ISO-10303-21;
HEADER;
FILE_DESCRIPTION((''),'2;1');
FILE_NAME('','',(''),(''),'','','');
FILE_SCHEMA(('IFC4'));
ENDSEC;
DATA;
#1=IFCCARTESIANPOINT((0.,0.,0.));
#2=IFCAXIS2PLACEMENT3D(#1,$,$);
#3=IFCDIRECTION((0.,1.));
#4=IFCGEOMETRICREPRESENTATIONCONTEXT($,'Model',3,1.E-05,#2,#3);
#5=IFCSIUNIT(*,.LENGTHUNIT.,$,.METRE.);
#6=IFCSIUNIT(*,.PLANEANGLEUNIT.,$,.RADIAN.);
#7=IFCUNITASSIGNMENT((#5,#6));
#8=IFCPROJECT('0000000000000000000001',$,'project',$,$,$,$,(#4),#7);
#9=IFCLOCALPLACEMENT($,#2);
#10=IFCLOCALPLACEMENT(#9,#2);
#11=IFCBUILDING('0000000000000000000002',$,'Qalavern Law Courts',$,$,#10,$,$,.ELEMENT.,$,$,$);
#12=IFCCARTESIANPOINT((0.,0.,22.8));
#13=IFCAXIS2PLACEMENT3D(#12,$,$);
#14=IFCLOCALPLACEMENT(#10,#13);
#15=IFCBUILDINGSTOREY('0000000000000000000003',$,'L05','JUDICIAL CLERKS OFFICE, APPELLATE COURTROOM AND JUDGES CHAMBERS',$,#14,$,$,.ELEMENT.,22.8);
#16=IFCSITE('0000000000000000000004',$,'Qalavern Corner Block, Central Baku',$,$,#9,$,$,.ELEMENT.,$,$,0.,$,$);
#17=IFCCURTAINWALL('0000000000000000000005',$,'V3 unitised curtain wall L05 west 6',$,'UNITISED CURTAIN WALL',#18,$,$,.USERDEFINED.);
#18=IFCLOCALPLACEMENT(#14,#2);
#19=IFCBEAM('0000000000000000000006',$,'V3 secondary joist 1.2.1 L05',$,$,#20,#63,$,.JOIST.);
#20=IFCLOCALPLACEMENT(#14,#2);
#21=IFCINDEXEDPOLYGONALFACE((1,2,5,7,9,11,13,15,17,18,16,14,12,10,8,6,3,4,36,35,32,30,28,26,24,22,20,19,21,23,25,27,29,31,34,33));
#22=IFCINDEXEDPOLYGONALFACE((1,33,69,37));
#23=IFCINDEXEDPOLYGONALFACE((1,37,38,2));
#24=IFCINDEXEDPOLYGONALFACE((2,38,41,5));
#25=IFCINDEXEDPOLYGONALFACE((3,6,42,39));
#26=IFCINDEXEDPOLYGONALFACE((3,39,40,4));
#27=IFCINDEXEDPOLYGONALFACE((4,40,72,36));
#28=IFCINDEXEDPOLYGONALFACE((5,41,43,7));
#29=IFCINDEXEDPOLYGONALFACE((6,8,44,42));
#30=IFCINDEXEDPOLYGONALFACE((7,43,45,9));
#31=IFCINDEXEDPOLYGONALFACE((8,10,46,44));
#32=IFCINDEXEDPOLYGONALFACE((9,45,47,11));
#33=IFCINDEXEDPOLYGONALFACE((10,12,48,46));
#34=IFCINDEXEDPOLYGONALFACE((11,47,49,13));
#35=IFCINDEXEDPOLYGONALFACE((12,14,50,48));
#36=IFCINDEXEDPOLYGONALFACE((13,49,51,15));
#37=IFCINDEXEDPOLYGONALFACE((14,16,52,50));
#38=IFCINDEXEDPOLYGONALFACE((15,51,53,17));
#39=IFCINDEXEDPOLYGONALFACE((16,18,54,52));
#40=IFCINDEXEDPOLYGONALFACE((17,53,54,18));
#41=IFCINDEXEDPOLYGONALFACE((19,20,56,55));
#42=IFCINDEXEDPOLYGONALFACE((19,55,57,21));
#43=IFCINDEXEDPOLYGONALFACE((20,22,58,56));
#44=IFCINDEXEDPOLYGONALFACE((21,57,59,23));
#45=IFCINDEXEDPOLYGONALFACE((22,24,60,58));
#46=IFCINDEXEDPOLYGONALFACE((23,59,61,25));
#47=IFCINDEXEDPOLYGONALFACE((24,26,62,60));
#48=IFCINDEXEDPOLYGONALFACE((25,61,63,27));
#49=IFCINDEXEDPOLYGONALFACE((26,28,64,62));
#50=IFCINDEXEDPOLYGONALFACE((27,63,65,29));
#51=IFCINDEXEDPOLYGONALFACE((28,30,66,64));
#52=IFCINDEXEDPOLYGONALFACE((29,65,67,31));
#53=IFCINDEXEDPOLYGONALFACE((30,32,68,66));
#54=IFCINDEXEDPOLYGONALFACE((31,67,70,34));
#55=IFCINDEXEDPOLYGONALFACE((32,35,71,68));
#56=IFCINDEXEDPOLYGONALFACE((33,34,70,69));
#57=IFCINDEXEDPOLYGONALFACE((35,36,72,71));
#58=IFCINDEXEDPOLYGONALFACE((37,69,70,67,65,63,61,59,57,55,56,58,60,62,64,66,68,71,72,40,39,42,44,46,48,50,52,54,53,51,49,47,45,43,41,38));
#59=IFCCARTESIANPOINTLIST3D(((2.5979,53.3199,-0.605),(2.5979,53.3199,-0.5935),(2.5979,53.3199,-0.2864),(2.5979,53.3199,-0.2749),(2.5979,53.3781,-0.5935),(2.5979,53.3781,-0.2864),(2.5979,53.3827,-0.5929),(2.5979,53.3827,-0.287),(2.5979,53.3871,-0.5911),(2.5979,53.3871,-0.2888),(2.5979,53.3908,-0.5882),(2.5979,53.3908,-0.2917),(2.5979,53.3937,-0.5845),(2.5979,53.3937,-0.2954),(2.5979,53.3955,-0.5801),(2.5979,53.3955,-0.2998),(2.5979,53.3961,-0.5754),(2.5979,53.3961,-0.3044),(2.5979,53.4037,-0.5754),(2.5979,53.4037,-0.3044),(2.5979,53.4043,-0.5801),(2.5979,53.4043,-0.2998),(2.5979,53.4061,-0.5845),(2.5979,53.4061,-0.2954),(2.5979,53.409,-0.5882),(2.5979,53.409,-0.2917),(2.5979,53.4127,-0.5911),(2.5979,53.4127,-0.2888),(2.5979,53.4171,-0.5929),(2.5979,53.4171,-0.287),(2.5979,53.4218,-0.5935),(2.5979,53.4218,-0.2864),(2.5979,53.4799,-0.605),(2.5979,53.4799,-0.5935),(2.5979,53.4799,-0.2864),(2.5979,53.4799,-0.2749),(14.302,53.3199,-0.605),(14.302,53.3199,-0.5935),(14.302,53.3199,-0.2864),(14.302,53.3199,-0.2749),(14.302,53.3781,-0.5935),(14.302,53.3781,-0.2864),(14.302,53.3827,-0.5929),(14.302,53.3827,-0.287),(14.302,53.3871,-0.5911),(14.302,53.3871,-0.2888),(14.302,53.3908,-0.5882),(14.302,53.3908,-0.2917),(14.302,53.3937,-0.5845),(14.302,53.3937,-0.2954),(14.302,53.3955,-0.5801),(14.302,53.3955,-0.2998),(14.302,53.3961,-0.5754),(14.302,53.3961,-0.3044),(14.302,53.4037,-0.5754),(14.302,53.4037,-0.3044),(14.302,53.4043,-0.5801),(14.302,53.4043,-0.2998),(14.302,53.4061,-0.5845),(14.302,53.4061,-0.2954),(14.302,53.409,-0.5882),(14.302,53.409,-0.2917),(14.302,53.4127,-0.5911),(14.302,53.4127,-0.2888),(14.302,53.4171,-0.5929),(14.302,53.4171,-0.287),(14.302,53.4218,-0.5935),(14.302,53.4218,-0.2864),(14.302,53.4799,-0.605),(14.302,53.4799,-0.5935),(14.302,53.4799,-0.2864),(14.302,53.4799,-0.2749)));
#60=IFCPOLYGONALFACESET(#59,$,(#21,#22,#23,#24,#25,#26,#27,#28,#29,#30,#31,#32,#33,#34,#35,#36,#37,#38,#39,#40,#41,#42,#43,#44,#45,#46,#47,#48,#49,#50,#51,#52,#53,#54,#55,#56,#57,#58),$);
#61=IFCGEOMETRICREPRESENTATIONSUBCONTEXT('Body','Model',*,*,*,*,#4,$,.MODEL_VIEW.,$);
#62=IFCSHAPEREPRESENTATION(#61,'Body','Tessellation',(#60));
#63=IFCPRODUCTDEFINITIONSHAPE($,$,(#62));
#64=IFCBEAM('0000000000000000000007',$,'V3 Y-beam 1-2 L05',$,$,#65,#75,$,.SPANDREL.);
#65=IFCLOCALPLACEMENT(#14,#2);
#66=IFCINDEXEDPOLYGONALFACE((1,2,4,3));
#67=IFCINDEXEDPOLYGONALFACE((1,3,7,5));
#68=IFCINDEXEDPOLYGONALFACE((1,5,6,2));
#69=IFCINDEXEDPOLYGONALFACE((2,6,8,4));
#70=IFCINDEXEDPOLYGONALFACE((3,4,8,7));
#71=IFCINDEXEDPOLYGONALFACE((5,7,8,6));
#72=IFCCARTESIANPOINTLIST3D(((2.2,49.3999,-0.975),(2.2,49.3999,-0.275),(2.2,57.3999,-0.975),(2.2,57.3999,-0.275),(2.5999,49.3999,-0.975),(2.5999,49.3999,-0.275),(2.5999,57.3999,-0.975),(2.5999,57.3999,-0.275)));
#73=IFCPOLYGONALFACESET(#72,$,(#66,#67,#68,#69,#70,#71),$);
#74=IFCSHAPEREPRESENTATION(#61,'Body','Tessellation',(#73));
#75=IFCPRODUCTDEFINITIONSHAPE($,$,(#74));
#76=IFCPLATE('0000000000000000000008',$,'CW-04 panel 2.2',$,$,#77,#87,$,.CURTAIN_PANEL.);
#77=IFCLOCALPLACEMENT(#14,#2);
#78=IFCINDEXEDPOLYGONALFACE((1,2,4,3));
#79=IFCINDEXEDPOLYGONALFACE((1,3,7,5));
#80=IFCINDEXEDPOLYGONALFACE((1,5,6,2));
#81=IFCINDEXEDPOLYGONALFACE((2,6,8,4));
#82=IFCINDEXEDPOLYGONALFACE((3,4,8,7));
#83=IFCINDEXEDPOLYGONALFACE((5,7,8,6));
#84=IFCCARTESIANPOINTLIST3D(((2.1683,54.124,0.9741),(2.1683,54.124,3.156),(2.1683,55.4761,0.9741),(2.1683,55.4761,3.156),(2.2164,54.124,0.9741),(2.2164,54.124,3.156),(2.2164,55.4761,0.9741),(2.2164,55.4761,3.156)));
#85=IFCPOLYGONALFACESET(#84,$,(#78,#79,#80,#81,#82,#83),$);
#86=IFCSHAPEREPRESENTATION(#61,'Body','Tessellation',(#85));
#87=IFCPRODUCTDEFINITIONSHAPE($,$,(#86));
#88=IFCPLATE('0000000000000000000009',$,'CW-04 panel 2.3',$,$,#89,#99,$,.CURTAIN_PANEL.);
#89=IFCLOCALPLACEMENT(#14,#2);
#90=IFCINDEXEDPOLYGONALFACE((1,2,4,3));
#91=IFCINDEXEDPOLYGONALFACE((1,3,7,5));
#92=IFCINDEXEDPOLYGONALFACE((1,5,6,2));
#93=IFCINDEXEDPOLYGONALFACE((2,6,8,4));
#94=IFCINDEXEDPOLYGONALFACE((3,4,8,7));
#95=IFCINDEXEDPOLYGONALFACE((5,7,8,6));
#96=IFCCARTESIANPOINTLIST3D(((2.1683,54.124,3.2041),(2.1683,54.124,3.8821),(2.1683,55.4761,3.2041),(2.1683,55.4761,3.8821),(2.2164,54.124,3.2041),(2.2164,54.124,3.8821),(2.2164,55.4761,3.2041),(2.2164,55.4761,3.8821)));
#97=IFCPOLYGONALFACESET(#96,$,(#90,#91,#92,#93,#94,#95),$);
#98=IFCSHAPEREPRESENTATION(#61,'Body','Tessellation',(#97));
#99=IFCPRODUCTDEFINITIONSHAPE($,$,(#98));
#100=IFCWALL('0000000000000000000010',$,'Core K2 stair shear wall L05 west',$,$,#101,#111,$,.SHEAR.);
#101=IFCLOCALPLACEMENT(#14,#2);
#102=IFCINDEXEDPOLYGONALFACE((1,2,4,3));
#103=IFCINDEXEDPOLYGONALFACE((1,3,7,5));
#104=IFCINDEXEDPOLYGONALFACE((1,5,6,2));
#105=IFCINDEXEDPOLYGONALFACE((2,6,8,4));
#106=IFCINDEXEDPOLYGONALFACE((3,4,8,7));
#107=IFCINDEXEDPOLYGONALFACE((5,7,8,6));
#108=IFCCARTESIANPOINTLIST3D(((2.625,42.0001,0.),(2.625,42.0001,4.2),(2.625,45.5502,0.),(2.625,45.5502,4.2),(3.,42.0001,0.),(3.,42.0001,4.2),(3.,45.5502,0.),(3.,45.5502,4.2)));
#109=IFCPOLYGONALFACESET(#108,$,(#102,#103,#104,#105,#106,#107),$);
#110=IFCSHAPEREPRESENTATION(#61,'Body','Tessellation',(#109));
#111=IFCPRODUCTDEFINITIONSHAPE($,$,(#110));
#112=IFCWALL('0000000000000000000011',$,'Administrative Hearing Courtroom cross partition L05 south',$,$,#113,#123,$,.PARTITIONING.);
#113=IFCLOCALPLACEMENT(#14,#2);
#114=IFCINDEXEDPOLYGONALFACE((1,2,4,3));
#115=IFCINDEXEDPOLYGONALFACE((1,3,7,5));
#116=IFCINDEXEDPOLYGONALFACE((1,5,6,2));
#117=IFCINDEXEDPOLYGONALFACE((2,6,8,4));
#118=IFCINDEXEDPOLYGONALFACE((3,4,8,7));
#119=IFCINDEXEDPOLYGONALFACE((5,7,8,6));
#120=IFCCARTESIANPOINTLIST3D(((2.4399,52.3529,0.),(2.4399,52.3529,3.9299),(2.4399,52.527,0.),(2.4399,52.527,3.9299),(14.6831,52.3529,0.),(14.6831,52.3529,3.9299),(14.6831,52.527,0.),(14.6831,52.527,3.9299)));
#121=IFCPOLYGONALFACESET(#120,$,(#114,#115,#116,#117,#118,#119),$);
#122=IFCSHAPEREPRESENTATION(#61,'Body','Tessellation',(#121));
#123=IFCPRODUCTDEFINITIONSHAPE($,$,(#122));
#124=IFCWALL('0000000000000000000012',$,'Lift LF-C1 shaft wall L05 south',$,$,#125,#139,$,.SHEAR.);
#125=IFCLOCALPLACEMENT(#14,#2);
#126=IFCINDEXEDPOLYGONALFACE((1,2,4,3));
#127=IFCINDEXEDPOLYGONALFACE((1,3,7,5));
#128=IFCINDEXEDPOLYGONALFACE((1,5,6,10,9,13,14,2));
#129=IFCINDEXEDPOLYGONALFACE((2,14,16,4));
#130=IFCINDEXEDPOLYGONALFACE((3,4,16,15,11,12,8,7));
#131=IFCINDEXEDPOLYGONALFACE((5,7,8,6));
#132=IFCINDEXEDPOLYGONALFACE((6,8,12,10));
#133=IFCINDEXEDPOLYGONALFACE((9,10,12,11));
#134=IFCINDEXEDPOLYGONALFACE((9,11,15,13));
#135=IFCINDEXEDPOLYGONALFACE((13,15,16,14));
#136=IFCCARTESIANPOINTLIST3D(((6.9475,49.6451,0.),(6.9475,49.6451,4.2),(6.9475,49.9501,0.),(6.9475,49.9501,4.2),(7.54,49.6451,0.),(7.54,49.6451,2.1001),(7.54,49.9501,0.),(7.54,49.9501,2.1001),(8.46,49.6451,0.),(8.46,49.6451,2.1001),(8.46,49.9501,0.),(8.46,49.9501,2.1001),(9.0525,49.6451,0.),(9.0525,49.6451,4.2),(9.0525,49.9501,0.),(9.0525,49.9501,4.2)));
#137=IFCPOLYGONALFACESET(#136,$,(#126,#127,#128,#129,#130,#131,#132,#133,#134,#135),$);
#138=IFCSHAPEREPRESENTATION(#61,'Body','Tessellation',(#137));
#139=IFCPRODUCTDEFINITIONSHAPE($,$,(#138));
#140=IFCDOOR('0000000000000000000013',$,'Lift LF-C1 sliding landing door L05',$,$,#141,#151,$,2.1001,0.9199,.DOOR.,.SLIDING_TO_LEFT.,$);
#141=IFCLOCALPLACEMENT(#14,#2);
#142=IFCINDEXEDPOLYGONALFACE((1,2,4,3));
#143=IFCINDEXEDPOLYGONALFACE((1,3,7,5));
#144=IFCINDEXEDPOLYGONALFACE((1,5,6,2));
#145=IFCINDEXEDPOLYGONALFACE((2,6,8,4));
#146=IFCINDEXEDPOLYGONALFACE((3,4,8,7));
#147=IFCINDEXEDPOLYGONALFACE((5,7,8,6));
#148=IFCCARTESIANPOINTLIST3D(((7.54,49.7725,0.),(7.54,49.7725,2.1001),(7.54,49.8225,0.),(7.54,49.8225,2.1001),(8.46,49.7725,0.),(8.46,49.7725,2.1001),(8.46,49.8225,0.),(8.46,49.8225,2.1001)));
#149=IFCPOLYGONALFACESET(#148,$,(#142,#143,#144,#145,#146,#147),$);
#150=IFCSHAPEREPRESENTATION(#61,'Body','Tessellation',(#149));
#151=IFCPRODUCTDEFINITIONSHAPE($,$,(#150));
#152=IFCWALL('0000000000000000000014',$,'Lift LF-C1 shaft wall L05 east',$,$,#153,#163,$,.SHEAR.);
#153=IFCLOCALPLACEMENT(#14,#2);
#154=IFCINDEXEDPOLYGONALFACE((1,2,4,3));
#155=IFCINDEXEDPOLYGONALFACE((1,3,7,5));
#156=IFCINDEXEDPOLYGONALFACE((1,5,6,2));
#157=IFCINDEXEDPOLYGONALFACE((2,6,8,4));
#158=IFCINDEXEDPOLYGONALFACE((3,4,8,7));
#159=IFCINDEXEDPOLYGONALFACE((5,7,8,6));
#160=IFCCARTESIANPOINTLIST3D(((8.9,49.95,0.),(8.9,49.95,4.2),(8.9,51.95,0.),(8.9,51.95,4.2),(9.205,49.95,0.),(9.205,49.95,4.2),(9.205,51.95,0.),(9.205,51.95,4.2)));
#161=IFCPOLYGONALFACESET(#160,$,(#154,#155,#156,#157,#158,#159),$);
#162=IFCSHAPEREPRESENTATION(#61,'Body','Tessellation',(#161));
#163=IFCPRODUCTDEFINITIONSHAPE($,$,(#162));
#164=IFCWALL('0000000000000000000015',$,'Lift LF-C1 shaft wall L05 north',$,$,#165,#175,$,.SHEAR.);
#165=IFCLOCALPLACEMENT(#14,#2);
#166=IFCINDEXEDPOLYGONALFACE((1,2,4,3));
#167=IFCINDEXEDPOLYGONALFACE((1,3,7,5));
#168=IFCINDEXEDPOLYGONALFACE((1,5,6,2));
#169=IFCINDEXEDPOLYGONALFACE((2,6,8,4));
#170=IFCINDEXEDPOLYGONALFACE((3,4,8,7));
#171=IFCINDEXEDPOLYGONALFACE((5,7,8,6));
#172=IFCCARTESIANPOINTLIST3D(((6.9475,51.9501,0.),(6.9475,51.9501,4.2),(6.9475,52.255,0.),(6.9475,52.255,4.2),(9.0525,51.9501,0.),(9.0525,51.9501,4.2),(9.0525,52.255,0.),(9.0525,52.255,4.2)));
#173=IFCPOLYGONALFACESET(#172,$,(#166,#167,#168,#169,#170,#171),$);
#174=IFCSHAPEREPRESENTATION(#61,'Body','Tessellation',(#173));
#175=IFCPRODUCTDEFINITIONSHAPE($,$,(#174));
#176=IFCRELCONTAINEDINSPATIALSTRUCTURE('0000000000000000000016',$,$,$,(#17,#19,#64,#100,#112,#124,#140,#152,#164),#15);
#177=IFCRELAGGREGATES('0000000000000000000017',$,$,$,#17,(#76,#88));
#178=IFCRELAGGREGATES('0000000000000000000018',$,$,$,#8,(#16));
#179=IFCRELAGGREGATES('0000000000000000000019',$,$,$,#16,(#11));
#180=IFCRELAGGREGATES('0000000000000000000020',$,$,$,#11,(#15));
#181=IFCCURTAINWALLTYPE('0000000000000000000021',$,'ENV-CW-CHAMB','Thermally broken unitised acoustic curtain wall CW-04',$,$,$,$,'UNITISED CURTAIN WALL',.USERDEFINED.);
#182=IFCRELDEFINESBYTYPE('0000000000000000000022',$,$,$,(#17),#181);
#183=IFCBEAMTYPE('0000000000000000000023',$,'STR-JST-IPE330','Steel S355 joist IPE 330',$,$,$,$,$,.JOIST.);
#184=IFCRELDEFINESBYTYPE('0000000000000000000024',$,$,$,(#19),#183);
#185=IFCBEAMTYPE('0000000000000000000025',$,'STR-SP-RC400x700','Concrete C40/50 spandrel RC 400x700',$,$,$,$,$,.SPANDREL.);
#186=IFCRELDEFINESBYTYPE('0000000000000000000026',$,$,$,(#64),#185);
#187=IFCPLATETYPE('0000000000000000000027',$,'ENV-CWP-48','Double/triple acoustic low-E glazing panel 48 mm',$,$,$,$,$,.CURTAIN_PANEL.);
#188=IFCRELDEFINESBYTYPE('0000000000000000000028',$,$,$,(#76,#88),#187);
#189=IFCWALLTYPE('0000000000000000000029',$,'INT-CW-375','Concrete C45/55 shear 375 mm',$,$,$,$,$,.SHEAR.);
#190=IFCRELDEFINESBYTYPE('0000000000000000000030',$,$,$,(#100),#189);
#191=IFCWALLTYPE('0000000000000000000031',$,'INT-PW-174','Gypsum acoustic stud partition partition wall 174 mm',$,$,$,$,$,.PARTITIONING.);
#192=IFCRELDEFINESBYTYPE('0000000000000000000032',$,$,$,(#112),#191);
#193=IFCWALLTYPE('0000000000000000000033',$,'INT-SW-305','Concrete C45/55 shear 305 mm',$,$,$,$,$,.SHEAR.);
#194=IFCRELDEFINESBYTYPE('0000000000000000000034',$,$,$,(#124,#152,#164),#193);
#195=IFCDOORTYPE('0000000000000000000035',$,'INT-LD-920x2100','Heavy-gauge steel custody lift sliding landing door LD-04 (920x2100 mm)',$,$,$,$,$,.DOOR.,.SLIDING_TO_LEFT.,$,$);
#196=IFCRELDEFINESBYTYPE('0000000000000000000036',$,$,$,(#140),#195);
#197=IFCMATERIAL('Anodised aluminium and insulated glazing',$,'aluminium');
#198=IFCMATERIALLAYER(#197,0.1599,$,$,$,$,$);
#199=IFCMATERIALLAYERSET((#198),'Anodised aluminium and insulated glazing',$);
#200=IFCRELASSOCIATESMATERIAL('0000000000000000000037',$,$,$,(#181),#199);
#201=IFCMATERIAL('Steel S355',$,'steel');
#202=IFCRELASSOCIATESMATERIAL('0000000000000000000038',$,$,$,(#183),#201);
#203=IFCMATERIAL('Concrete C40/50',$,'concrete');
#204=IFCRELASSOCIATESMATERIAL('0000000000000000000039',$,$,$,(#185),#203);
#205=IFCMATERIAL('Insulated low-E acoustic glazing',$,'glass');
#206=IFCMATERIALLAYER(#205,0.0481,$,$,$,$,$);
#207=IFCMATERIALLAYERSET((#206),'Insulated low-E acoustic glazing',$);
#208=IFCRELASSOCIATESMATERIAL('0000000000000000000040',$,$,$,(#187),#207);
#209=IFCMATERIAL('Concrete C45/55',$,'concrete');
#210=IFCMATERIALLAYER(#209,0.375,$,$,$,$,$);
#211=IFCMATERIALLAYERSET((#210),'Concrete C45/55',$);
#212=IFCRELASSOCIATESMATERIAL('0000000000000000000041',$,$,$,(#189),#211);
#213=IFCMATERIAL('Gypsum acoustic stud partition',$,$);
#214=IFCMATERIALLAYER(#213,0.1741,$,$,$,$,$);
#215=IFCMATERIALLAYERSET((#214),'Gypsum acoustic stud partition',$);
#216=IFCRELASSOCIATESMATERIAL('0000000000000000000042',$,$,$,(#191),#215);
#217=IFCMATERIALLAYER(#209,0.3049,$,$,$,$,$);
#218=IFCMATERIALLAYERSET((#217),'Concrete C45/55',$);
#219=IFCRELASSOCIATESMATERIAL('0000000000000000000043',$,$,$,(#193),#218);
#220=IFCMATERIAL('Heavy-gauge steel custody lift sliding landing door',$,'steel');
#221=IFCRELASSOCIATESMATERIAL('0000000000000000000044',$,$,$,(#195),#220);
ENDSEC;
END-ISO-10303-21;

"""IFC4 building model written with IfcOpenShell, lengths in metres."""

from ifc_helpers import new_model, si_unit, direction, frame, frame_2d, origin, origin_2d, place, context, subcontext, project, spatial, rectangle, i_section, extrude, material, layer, layer_set, material_profile, profile_set, type_object, element, fill, aggregate, save


model = new_model("IFC4")

# Units and contexts
model_context = context("Model", 3, precision=1e-05, world=origin(), true_north=direction((0.0, 1.0)))
body_context = subcontext(model_context, "Body", "Model", "MODEL_VIEW")
ifc_project = project(units=[si_unit("LENGTHUNIT", "METRE"), si_unit("PLANEANGLEUNIT", "RADIAN")], contexts=[model_context])

# Site, building, storey
site_placement = place(None, origin())
site = spatial("IfcSite", under=ifc_project, at=site_placement, Name="Qalavern Corner Block, Central Baku", CompositionType="ELEMENT", RefElevation=0.0)
building_placement = place(site_placement, origin())
building = spatial("IfcBuilding", under=site, at=building_placement, Name="Qalavern Law Courts", CompositionType="ELEMENT")
storey_placement = place(building_placement, frame((0.0, 0.0, 22.8)))
storey = spatial("IfcBuildingStorey", under=building, at=storey_placement, Name="L05", Description="JUDICIAL CLERKS OFFICE, APPELLATE COURTROOM AND JUDGES CHAMBERS", CompositionType="ELEMENT", Elevation=22.8)

# Shared definitions
ifc_material_1 = material(Name="Concrete C45/55", Category="concrete")

# Curtain wall
ifc_material_2 = material(Name="Anodised aluminium and insulated glazing", Category="aluminium")
ifc_layer_1 = layer(ifc_material_2, 0.1599)
ifc_layer_set_1 = layer_set([ifc_layer_1], Name="Anodised aluminium and insulated glazing")
curtain_wall_type = type_object("IfcCurtainWallType", Name="ENV-CW-CHAMB", Description="Thermally broken unitised acoustic curtain wall CW-04", ElementType="UNITISED CURTAIN WALL", PredefinedType="USERDEFINED", material=ifc_layer_set_1)
curtain_wall_placement = place(storey_placement, origin())
curtain_wall = element("IfcCurtainWall", 1, at=curtain_wall_placement, inside=storey, type_object=curtain_wall_type, Name="V3 unitised curtain wall L05 west 6", ObjectType="UNITISED CURTAIN WALL", PredefinedType="USERDEFINED")

# Beams
ifc_material_3 = material(Name="Steel S355", Category="steel")
ifc_material_profile_1 = material_profile(ifc_material_3, i_section(OverallWidth=0.1599, OverallDepth=0.3301, WebThickness=0.0076, FlangeThickness=0.0115, FilletRadius=0.0181, at=origin_2d()), Name="IPE 330")
ifc_profile_set_1 = profile_set([ifc_material_profile_1], Name="Steel S355")
beam_type_1 = type_object("IfcBeamType", Name="STR-JST-IPE330", Description="Steel S355 joist IPE 330", PredefinedType="JOIST", material=ifc_profile_set_1)
beam_1_placement = place(storey_placement, frame((2.5979, 53.3999, -0.4399), z_axis=(1.0, 0.0, 0.0), x_axis=(0.0, 1.0, 0.0)))
element("IfcBeam", 2, at=beam_1_placement, inside=storey, type_object=beam_type_1, Name="V3 secondary joist 1.2.1 L05", PredefinedType="JOIST", context=body_context, shape_type="SweptSolid", body=[
    extrude(i_section(OverallWidth=0.1599, OverallDepth=0.3301, WebThickness=0.0076, FlangeThickness=0.0115, FilletRadius=0.0181, at=origin_2d()), origin(), (0.0, 0.0, 1.0), 11.7041),
])
ifc_material_4 = material(Name="Concrete C40/50", Category="concrete")
ifc_material_profile_2 = material_profile(ifc_material_4, rectangle(XDim=0.3999, YDim=0.7, at=origin_2d()), Name="RC 400x700")
ifc_profile_set_2 = profile_set([ifc_material_profile_2], Name="Concrete C40/50")
beam_type_2 = type_object("IfcBeamType", Name="STR-SP-RC400x700", Description="Concrete C40/50 spandrel RC 400x700", PredefinedType="SPANDREL", material=ifc_profile_set_2)
beam_2_placement = place(storey_placement, frame((2.3999, 49.3999, -0.625), z_axis=(0.0, 1.0, 0.0), x_axis=(-1.0, 0.0, 0.0)))
element("IfcBeam", 3, at=beam_2_placement, inside=storey, type_object=beam_type_2, Name="V3 Y-beam 1-2 L05", PredefinedType="SPANDREL", context=body_context, shape_type="SweptSolid", body=[
    extrude(rectangle(XDim=0.3999, YDim=0.7, at=origin_2d()), origin(), (0.0, 0.0, 1.0), 8.0),
])

# Plates
ifc_material_5 = material(Name="Insulated low-E acoustic glazing", Category="glass")
ifc_layer_2 = layer(ifc_material_5, 0.0481)
ifc_layer_set_2 = layer_set([ifc_layer_2], Name="Insulated low-E acoustic glazing")
plate_type = type_object("IfcPlateType", Name="ENV-CWP-48", Description="Double/triple acoustic low-E glazing panel 48 mm", PredefinedType="CURTAIN_PANEL", material=ifc_layer_set_2)
plate_1_placement = place(storey_placement, frame((2.1924, 54.8, 0.9741), z_axis=(0.0, 0.0, 1.0), x_axis=(0.0, -1.0, 0.0)))
plate_1 = element("IfcPlate", 4, at=plate_1_placement, type_object=plate_type, Name="CW-04 panel 2.2", PredefinedType="CURTAIN_PANEL", context=body_context, shape_type="SweptSolid", body=[
    extrude(rectangle(XDim=1.3521, YDim=0.0481, at=origin_2d()), origin(), (0.0, 0.0, 1.0), 2.1819),
])
plate_2_placement = place(storey_placement, frame((2.1924, 54.8, 3.2041), z_axis=(0.0, 0.0, 1.0), x_axis=(0.0, -1.0, 0.0)))
plate_2 = element("IfcPlate", 5, at=plate_2_placement, type_object=plate_type, Name="CW-04 panel 2.3", PredefinedType="CURTAIN_PANEL", context=body_context, shape_type="SweptSolid", body=[
    extrude(rectangle(XDim=1.3521, YDim=0.0481, at=origin_2d()), origin(), (0.0, 0.0, 1.0), 0.678),
])
aggregate(curtain_wall, [plate_1, plate_2])

# Shared definitions
ifc_layer_3 = layer(ifc_material_1, 0.375)
ifc_layer_set_3 = layer_set([ifc_layer_3], Name="Concrete C45/55")
wall_type_1 = type_object("IfcWallType", Name="INT-CW-375", Description="Concrete C45/55 shear 375 mm", PredefinedType="SHEAR", material=ifc_layer_set_3)

# Walls
wall_1_placement = place(storey_placement, frame((2.8125, 45.55, 0.0), z_axis=(0.0, 0.0, 1.0), x_axis=(0.0, -1.0, 0.0)))
element("IfcWall", 6, at=wall_1_placement, inside=storey, type_object=wall_type_1, Name="Core K2 stair shear wall L05 west", PredefinedType="SHEAR", context=body_context, shape_type="SweptSolid", body=[
    extrude(rectangle(XDim=3.55, YDim=0.375, at=frame_2d((1.7749, 0.0))), origin(), (0.0, 0.0, 1.0), 4.2),
])
ifc_material_6 = material(Name="Gypsum acoustic stud partition")
ifc_layer_4 = layer(ifc_material_6, 0.1741)
ifc_layer_set_4 = layer_set([ifc_layer_4], Name="Gypsum acoustic stud partition")
wall_type_2 = type_object("IfcWallType", Name="INT-PW-174", Description="Gypsum acoustic stud partition partition wall 174 mm", PredefinedType="PARTITIONING", material=ifc_layer_set_4)
wall_2_placement = place(storey_placement, frame((2.4399, 52.4399, 0.0), z_axis=(0.0, 0.0, 1.0), x_axis=(1.0, 0.0, 0.0)))
element("IfcWall", 7, at=wall_2_placement, inside=storey, type_object=wall_type_2, Name="Administrative Hearing Courtroom cross partition L05 south", PredefinedType="PARTITIONING", context=body_context, shape_type="SweptSolid", body=[
    extrude(rectangle(XDim=12.2432, YDim=0.1741, at=frame_2d((6.1216, 0.0))), origin(), (0.0, 0.0, 1.0), 3.9299),
])

# Wall, opening, door
ifc_layer_5 = layer(ifc_material_1, 0.3049)
ifc_layer_set_5 = layer_set([ifc_layer_5], Name="Concrete C45/55")
wall_type_3 = type_object("IfcWallType", Name="INT-SW-305", Description="Concrete C45/55 shear 305 mm", PredefinedType="SHEAR", material=ifc_layer_set_5)
wall_3_placement = place(storey_placement, frame((6.9475, 49.7976, 0.0), z_axis=(0.0, 0.0, 1.0), x_axis=(1.0, 0.0, 0.0)))
wall_3 = element("IfcWall", 8, at=wall_3_placement, inside=storey, type_object=wall_type_3, Name="Lift LF-C1 shaft wall L05 south", PredefinedType="SHEAR", context=body_context, shape_type="SweptSolid", body=[
    extrude(rectangle(XDim=2.105, YDim=0.3049, at=frame_2d((1.0525, 0.0))), origin(), (0.0, 0.0, 1.0), 4.2),
])
opening_1_placement = place(wall_3_placement, frame((0.5925, 0.0, 0.0)))
opening_1 = element("IfcOpeningElement", 9, at=opening_1_placement, cuts=wall_3, PredefinedType="OPENING", context=body_context, shape_type="SweptSolid", body=[
    extrude(rectangle(XDim=0.9199, YDim=2.1001, at=frame_2d((0.46, 1.05))), frame((0.0, 0.1675, 0.0), z_axis=(0.0, -1.0, 0.0), x_axis=(1.0, 0.0, 0.0)), (0.0, 0.0, 1.0), 0.3347),
])
ifc_material_7 = material(Name="Heavy-gauge steel custody lift sliding landing door", Category="steel")
door_type_1 = type_object("IfcDoorType", Name="INT-LD-920x2100", Description="Heavy-gauge steel custody lift sliding landing door LD-04 (920x2100 mm)", OperationType="SLIDING_TO_LEFT", PredefinedType="DOOR", material=ifc_material_7)
door_1_placement = place(opening_1_placement, origin())
door_1 = element("IfcDoor", 10, at=door_1_placement, inside=storey, type_object=door_type_1, Name="Lift LF-C1 sliding landing door L05", OperationType="SLIDING_TO_LEFT", OverallHeight=2.1001, OverallWidth=0.9199, PredefinedType="DOOR", context=body_context, shape_type="SweptSolid", body=[
    extrude(rectangle(XDim=0.9199, YDim=2.1001, at=frame_2d((0.46, 1.05))), frame((0.0, 0.0249, 0.0), z_axis=(0.0, -1.0, 0.0), x_axis=(1.0, 0.0, 0.0)), (0.0, 0.0, 1.0), 0.05),
])
fill(opening_1, door_1)

# Walls
wall_4_placement = place(storey_placement, frame((9.0525, 49.95, 0.0), z_axis=(0.0, 0.0, 1.0), x_axis=(0.0, 1.0, 0.0)))
element("IfcWall", 11, at=wall_4_placement, inside=storey, type_object=wall_type_3, Name="Lift LF-C1 shaft wall L05 east", PredefinedType="SHEAR", context=body_context, shape_type="SweptSolid", body=[
    extrude(rectangle(XDim=2.0, YDim=0.3049, at=frame_2d((1.0, 0.0))), origin(), (0.0, 0.0, 1.0), 4.2),
])
wall_5_placement = place(storey_placement, frame((9.0525, 52.1025, 0.0), z_axis=(0.0, 0.0, 1.0), x_axis=(-1.0, 0.0, 0.0)))
element("IfcWall", 12, at=wall_5_placement, inside=storey, type_object=wall_type_3, Name="Lift LF-C1 shaft wall L05 north", PredefinedType="SHEAR", context=body_context, shape_type="SweptSolid", body=[
    extrude(rectangle(XDim=2.105, YDim=0.3049, at=frame_2d((1.0525, 0.0))), origin(), (0.0, 0.0, 1.0), 4.2),
])

save(model, "model.ifc")
